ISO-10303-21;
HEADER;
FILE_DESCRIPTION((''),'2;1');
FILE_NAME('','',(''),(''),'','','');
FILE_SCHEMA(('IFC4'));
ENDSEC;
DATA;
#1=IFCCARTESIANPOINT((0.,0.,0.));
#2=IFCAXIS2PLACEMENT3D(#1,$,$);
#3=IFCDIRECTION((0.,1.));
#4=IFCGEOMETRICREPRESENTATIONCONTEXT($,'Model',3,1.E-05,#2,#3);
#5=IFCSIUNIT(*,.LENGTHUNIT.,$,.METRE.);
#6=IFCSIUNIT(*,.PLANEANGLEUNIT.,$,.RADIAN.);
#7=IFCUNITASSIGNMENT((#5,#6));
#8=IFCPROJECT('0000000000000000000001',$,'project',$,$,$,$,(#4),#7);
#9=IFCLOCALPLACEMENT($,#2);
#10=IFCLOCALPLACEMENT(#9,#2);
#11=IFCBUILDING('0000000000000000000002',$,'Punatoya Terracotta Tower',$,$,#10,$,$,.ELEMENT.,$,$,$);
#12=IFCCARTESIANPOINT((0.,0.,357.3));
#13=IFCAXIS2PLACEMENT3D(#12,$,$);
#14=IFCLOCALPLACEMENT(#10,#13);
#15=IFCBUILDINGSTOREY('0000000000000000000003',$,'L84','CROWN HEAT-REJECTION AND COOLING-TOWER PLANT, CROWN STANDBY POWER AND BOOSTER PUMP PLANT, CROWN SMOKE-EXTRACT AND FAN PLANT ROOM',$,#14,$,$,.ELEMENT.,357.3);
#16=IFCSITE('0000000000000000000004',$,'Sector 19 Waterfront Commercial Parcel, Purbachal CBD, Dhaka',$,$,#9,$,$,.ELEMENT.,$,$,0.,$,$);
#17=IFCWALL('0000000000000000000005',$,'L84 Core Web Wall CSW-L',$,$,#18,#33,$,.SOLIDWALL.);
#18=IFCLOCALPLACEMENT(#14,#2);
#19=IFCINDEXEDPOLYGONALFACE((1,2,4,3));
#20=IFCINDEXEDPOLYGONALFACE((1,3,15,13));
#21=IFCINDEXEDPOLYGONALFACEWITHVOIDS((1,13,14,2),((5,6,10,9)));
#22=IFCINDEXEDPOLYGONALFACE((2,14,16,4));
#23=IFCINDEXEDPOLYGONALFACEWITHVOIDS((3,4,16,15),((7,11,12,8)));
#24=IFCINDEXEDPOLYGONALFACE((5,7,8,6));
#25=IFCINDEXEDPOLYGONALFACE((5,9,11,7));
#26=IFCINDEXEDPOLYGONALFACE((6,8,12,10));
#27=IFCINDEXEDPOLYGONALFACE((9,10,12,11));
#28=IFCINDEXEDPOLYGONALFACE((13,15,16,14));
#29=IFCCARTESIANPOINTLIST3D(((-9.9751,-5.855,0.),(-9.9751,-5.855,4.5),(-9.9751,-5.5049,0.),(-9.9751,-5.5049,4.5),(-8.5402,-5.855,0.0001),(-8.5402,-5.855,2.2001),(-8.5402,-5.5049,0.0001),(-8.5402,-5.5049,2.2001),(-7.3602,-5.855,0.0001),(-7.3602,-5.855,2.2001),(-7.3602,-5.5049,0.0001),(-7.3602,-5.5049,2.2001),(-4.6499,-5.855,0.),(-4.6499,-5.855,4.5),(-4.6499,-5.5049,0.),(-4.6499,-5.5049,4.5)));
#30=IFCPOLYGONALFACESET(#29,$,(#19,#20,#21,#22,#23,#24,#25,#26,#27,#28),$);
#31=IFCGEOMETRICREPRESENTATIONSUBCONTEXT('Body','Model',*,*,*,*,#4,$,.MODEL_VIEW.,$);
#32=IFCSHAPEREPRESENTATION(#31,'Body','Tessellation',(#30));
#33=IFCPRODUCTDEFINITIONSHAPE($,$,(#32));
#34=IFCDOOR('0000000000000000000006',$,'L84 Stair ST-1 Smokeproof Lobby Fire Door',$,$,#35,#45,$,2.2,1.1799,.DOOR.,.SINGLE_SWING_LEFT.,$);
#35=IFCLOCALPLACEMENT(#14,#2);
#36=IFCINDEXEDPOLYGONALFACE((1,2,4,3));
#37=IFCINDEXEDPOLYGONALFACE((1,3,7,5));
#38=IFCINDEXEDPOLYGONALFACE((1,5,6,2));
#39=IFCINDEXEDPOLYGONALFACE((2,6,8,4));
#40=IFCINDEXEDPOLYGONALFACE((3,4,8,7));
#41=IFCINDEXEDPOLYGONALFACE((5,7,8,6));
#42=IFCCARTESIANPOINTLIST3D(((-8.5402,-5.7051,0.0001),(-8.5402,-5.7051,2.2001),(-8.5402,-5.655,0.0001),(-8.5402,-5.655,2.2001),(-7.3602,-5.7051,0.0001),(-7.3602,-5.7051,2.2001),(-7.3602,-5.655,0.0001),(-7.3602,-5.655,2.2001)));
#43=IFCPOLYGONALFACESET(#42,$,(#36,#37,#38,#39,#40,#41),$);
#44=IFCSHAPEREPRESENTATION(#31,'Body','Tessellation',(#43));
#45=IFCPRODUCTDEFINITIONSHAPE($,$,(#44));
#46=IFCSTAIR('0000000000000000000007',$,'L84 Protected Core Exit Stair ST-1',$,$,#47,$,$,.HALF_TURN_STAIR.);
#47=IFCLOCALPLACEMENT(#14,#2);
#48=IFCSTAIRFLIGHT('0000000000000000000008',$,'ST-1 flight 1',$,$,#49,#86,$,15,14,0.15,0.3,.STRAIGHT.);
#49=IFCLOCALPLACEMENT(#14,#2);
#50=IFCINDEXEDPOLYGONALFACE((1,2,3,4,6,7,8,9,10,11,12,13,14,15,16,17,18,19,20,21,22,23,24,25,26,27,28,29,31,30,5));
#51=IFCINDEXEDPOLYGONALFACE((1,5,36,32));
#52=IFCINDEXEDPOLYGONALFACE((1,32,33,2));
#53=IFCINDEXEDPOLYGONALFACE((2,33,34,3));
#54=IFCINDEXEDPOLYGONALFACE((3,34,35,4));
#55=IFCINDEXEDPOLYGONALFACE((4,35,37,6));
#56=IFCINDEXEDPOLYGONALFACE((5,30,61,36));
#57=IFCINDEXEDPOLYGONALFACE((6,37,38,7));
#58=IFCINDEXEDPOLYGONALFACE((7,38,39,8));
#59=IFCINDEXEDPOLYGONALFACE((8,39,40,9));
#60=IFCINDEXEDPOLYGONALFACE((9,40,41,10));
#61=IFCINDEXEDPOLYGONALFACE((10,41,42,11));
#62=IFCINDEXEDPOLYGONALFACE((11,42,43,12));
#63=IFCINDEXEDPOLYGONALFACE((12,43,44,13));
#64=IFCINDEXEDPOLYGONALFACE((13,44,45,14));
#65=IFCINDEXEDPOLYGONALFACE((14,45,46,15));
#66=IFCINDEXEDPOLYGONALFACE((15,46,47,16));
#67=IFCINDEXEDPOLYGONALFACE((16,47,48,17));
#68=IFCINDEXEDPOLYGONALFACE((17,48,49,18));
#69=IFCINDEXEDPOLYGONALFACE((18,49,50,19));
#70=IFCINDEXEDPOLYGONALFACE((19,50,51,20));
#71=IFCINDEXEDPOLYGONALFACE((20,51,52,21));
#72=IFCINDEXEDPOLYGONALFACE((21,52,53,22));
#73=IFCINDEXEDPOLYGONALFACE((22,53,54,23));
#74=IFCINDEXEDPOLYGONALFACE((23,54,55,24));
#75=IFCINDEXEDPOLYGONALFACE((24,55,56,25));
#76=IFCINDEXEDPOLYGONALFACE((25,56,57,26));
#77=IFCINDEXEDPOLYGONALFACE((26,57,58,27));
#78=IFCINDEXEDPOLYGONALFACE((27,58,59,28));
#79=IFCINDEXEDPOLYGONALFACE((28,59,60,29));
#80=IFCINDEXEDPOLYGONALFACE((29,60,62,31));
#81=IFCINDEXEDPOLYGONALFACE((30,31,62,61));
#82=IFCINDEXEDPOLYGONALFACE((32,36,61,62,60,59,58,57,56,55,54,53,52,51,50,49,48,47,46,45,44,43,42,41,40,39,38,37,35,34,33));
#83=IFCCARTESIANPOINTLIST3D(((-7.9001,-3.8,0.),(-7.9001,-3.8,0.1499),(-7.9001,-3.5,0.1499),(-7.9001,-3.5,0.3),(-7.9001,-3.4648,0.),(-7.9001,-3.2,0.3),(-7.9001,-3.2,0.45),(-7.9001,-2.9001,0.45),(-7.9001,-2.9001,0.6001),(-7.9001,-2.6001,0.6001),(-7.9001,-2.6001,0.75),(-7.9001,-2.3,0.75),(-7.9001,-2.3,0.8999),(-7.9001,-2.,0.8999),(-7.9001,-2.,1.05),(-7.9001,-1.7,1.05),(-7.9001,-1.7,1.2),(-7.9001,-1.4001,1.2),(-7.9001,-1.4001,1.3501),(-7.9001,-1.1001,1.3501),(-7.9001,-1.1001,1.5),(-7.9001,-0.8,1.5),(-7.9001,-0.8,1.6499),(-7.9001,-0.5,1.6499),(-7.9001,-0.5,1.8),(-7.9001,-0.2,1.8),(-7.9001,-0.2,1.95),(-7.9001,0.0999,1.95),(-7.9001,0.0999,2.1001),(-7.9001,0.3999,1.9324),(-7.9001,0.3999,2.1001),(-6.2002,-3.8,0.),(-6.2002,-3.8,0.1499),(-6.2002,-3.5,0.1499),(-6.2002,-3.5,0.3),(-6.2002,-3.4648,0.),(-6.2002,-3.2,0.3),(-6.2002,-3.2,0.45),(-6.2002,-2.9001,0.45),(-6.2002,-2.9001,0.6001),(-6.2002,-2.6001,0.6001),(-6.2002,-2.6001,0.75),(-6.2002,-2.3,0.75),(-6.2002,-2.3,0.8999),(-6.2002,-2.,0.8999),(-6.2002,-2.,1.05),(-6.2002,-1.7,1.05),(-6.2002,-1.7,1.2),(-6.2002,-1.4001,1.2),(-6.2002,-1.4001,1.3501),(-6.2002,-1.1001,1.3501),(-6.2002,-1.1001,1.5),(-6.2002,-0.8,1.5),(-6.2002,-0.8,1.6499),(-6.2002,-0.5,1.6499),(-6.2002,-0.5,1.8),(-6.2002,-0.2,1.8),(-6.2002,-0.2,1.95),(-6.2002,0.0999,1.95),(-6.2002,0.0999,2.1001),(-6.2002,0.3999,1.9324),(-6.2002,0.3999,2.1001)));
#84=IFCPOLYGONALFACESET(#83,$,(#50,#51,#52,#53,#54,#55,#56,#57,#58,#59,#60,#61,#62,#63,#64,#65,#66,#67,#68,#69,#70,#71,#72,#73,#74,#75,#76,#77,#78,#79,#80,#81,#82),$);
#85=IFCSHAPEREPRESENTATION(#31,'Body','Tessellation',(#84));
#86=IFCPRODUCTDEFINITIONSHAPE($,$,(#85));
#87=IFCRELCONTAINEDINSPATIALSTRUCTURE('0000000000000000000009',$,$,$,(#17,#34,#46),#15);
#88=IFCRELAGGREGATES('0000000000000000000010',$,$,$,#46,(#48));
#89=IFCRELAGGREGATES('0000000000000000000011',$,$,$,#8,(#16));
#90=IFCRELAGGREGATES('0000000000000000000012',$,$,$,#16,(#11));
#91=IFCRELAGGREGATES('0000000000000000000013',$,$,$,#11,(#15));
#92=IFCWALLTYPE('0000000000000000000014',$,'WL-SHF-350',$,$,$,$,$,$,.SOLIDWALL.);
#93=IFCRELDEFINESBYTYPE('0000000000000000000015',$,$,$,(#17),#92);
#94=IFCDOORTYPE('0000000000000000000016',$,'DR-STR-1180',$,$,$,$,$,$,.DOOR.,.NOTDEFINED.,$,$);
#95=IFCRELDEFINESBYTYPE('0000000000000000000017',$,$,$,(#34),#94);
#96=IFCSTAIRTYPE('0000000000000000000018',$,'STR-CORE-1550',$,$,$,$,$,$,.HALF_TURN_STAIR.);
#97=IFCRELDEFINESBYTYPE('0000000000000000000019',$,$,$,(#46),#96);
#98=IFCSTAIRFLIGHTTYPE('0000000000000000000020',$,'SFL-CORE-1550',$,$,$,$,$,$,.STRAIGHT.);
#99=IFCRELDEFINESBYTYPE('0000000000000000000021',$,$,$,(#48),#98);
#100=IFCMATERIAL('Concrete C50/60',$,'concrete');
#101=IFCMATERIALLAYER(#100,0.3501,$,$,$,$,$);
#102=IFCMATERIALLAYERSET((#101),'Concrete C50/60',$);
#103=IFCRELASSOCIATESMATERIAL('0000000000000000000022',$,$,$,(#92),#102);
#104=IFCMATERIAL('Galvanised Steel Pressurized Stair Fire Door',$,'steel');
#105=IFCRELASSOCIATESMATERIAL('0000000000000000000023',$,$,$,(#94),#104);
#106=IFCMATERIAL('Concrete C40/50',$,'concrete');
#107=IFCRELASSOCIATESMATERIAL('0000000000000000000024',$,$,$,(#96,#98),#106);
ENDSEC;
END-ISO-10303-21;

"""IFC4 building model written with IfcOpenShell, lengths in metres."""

from ifc_helpers import new_model, si_unit, direction, frame, frame_2d, origin, place, context, subcontext, project, spatial, polyline, rectangle, outline, extrude, material, layer, layer_set, type_object, element, fill, aggregate, save


model = new_model("IFC4")

# Units and contexts
model_context = context("Model", 3, precision=1e-05, world=origin(), true_north=direction((0.0, 1.0)))
body_context = subcontext(model_context, "Body", "Model", "MODEL_VIEW")
ifc_project = project(units=[si_unit("LENGTHUNIT", "METRE"), si_unit("PLANEANGLEUNIT", "RADIAN")], contexts=[model_context])

# Site, building, storey
site_placement = place(None, origin())
site = spatial("IfcSite", under=ifc_project, at=site_placement, Name="Sector 19 Waterfront Commercial Parcel, Purbachal CBD, Dhaka", CompositionType="ELEMENT", RefElevation=0.0)
building_placement = place(site_placement, origin())
building = spatial("IfcBuilding", under=site, at=building_placement, Name="Punatoya Terracotta Tower", CompositionType="ELEMENT")
storey_placement = place(building_placement, frame((0.0, 0.0, 357.3)))
storey = spatial("IfcBuildingStorey", under=building, at=storey_placement, Name="L84", Description="CROWN HEAT-REJECTION AND COOLING-TOWER PLANT, CROWN STANDBY POWER AND BOOSTER PUMP PLANT, CROWN SMOKE-EXTRACT AND FAN PLANT ROOM", CompositionType="ELEMENT", Elevation=357.3)

# Shared definitions
ifc_material_1 = material(Name="Concrete C50/60", Category="concrete")

# Shared definitions
ifc_material_2 = material(Name="Concrete C40/50", Category="concrete")

# Wall, opening, door
ifc_layer_1 = layer(ifc_material_1, 0.3501)
ifc_layer_set_1 = layer_set([ifc_layer_1], Name="Concrete C50/60")
wall_type_1 = type_object("IfcWallType", Name="WL-SHF-350", PredefinedType="SOLIDWALL", material=ifc_layer_set_1)
wall_1_placement = place(storey_placement, frame((-9.9751, -5.6799, 0.0), z_axis=(0.0, 0.0, 1.0), x_axis=(1.0, 0.0, 0.0)))
wall_1 = element("IfcWall", 1, at=wall_1_placement, inside=storey, type_object=wall_type_1, Name="L84 Core Web Wall CSW-L", PredefinedType="SOLIDWALL", context=body_context, shape_type="SweptSolid", body=[
    extrude(rectangle(XDim=5.3252, YDim=0.3501, at=frame_2d((2.6626, 0.0))), origin(), (0.0, 0.0, 1.0), 4.5),
])
opening_1_placement = place(wall_1_placement, frame((1.4351, 0.0, 0.0)))
opening_1 = element("IfcOpeningElement", 2, at=opening_1_placement, cuts=wall_1, PredefinedType="OPENING", context=body_context, shape_type="SweptSolid", body=[
    extrude(rectangle(XDim=1.1799, YDim=2.2, at=frame_2d((0.5898, 1.1001))), frame((0.0, 0.1851, 0.0), z_axis=(0.0, -1.0, 0.0), x_axis=(1.0, 0.0, 0.0)), (0.0, 0.0, 1.0), 0.3701),
])
ifc_material_3 = material(Name="Galvanised Steel Pressurized Stair Fire Door", Category="steel")
door_type_1 = type_object("IfcDoorType", Name="DR-STR-1180", OperationType="NOTDEFINED", PredefinedType="DOOR", material=ifc_material_3)
door_1_placement = place(opening_1_placement, origin())
door_1 = element("IfcDoor", 3, at=door_1_placement, inside=storey, type_object=door_type_1, Name="L84 Stair ST-1 Smokeproof Lobby Fire Door", OperationType="SINGLE_SWING_LEFT", OverallHeight=2.2, OverallWidth=1.1799, PredefinedType="DOOR", context=body_context, shape_type="SweptSolid", body=[
    extrude(rectangle(XDim=1.1799, YDim=2.2, at=frame_2d((0.5898, 1.1001))), frame((0.0, 0.0249, 0.0), z_axis=(0.0, -1.0, 0.0), x_axis=(1.0, 0.0, 0.0)), (0.0, 0.0, 1.0), 0.05),
])
fill(opening_1, door_1)

# Stair, stair flight
stair_type = type_object("IfcStairType", Name="STR-CORE-1550", PredefinedType="HALF_TURN_STAIR", material=ifc_material_2)
stair_placement = place(storey_placement, origin())
stair = element("IfcStair", 4, at=stair_placement, inside=storey, type_object=stair_type, Name="L84 Protected Core Exit Stair ST-1", PredefinedType="HALF_TURN_STAIR")
stair_flight_type = type_object("IfcStairFlightType", Name="SFL-CORE-1550", PredefinedType="STRAIGHT", material=ifc_material_2)
stair_flight_placement = place(storey_placement, frame((-7.05, -3.8, 0.0), z_axis=(0.0, 0.0, 1.0), x_axis=(0.0, 1.0, 0.0)))
stair_flight = element("IfcStairFlight", 5, at=stair_flight_placement, type_object=stair_flight_type, Name="ST-1 flight 1", NumberOfRisers=15, NumberOfTreads=14, PredefinedType="STRAIGHT", RiserHeight=0.15, TreadLength=0.3, context=body_context, shape_type="SweptSolid", body=[
    extrude(outline(polyline([(0.0, 0.0), (0.0, 0.1499), (0.3, 0.1499), (0.3, 0.3), (0.6001, 0.3), (0.6001, 0.45), (0.8999, 0.45), (0.8999, 0.6001), (1.2, 0.6001), (1.2, 0.75), (1.5, 0.75), (1.5, 0.8999), (1.8, 0.8999), (1.8, 1.05), (2.1001, 1.05), (2.1001, 1.2), (2.3999, 1.2), (2.3999, 1.3501), (2.7, 1.3501), (2.7, 1.5), (3.0, 1.5), (3.0, 1.6499), (3.3, 1.6499), (3.3, 1.8), (3.6001, 1.8), (3.6001, 1.95), (3.8999, 1.95), (3.8999, 2.1001), (4.2, 2.1001), (4.2, 2.25), (4.2, 1.9324), (0.3352, 0.0), (0.0, 0.0)])), frame((0.0, 0.8501, 0.0), z_axis=(0.0, -1.0, 0.0), x_axis=(1.0, 0.0, 0.0)), (0.0, 0.0, 1.0), 1.7),
])
aggregate(stair, [stair_flight])

save(model, "model.ifc")
